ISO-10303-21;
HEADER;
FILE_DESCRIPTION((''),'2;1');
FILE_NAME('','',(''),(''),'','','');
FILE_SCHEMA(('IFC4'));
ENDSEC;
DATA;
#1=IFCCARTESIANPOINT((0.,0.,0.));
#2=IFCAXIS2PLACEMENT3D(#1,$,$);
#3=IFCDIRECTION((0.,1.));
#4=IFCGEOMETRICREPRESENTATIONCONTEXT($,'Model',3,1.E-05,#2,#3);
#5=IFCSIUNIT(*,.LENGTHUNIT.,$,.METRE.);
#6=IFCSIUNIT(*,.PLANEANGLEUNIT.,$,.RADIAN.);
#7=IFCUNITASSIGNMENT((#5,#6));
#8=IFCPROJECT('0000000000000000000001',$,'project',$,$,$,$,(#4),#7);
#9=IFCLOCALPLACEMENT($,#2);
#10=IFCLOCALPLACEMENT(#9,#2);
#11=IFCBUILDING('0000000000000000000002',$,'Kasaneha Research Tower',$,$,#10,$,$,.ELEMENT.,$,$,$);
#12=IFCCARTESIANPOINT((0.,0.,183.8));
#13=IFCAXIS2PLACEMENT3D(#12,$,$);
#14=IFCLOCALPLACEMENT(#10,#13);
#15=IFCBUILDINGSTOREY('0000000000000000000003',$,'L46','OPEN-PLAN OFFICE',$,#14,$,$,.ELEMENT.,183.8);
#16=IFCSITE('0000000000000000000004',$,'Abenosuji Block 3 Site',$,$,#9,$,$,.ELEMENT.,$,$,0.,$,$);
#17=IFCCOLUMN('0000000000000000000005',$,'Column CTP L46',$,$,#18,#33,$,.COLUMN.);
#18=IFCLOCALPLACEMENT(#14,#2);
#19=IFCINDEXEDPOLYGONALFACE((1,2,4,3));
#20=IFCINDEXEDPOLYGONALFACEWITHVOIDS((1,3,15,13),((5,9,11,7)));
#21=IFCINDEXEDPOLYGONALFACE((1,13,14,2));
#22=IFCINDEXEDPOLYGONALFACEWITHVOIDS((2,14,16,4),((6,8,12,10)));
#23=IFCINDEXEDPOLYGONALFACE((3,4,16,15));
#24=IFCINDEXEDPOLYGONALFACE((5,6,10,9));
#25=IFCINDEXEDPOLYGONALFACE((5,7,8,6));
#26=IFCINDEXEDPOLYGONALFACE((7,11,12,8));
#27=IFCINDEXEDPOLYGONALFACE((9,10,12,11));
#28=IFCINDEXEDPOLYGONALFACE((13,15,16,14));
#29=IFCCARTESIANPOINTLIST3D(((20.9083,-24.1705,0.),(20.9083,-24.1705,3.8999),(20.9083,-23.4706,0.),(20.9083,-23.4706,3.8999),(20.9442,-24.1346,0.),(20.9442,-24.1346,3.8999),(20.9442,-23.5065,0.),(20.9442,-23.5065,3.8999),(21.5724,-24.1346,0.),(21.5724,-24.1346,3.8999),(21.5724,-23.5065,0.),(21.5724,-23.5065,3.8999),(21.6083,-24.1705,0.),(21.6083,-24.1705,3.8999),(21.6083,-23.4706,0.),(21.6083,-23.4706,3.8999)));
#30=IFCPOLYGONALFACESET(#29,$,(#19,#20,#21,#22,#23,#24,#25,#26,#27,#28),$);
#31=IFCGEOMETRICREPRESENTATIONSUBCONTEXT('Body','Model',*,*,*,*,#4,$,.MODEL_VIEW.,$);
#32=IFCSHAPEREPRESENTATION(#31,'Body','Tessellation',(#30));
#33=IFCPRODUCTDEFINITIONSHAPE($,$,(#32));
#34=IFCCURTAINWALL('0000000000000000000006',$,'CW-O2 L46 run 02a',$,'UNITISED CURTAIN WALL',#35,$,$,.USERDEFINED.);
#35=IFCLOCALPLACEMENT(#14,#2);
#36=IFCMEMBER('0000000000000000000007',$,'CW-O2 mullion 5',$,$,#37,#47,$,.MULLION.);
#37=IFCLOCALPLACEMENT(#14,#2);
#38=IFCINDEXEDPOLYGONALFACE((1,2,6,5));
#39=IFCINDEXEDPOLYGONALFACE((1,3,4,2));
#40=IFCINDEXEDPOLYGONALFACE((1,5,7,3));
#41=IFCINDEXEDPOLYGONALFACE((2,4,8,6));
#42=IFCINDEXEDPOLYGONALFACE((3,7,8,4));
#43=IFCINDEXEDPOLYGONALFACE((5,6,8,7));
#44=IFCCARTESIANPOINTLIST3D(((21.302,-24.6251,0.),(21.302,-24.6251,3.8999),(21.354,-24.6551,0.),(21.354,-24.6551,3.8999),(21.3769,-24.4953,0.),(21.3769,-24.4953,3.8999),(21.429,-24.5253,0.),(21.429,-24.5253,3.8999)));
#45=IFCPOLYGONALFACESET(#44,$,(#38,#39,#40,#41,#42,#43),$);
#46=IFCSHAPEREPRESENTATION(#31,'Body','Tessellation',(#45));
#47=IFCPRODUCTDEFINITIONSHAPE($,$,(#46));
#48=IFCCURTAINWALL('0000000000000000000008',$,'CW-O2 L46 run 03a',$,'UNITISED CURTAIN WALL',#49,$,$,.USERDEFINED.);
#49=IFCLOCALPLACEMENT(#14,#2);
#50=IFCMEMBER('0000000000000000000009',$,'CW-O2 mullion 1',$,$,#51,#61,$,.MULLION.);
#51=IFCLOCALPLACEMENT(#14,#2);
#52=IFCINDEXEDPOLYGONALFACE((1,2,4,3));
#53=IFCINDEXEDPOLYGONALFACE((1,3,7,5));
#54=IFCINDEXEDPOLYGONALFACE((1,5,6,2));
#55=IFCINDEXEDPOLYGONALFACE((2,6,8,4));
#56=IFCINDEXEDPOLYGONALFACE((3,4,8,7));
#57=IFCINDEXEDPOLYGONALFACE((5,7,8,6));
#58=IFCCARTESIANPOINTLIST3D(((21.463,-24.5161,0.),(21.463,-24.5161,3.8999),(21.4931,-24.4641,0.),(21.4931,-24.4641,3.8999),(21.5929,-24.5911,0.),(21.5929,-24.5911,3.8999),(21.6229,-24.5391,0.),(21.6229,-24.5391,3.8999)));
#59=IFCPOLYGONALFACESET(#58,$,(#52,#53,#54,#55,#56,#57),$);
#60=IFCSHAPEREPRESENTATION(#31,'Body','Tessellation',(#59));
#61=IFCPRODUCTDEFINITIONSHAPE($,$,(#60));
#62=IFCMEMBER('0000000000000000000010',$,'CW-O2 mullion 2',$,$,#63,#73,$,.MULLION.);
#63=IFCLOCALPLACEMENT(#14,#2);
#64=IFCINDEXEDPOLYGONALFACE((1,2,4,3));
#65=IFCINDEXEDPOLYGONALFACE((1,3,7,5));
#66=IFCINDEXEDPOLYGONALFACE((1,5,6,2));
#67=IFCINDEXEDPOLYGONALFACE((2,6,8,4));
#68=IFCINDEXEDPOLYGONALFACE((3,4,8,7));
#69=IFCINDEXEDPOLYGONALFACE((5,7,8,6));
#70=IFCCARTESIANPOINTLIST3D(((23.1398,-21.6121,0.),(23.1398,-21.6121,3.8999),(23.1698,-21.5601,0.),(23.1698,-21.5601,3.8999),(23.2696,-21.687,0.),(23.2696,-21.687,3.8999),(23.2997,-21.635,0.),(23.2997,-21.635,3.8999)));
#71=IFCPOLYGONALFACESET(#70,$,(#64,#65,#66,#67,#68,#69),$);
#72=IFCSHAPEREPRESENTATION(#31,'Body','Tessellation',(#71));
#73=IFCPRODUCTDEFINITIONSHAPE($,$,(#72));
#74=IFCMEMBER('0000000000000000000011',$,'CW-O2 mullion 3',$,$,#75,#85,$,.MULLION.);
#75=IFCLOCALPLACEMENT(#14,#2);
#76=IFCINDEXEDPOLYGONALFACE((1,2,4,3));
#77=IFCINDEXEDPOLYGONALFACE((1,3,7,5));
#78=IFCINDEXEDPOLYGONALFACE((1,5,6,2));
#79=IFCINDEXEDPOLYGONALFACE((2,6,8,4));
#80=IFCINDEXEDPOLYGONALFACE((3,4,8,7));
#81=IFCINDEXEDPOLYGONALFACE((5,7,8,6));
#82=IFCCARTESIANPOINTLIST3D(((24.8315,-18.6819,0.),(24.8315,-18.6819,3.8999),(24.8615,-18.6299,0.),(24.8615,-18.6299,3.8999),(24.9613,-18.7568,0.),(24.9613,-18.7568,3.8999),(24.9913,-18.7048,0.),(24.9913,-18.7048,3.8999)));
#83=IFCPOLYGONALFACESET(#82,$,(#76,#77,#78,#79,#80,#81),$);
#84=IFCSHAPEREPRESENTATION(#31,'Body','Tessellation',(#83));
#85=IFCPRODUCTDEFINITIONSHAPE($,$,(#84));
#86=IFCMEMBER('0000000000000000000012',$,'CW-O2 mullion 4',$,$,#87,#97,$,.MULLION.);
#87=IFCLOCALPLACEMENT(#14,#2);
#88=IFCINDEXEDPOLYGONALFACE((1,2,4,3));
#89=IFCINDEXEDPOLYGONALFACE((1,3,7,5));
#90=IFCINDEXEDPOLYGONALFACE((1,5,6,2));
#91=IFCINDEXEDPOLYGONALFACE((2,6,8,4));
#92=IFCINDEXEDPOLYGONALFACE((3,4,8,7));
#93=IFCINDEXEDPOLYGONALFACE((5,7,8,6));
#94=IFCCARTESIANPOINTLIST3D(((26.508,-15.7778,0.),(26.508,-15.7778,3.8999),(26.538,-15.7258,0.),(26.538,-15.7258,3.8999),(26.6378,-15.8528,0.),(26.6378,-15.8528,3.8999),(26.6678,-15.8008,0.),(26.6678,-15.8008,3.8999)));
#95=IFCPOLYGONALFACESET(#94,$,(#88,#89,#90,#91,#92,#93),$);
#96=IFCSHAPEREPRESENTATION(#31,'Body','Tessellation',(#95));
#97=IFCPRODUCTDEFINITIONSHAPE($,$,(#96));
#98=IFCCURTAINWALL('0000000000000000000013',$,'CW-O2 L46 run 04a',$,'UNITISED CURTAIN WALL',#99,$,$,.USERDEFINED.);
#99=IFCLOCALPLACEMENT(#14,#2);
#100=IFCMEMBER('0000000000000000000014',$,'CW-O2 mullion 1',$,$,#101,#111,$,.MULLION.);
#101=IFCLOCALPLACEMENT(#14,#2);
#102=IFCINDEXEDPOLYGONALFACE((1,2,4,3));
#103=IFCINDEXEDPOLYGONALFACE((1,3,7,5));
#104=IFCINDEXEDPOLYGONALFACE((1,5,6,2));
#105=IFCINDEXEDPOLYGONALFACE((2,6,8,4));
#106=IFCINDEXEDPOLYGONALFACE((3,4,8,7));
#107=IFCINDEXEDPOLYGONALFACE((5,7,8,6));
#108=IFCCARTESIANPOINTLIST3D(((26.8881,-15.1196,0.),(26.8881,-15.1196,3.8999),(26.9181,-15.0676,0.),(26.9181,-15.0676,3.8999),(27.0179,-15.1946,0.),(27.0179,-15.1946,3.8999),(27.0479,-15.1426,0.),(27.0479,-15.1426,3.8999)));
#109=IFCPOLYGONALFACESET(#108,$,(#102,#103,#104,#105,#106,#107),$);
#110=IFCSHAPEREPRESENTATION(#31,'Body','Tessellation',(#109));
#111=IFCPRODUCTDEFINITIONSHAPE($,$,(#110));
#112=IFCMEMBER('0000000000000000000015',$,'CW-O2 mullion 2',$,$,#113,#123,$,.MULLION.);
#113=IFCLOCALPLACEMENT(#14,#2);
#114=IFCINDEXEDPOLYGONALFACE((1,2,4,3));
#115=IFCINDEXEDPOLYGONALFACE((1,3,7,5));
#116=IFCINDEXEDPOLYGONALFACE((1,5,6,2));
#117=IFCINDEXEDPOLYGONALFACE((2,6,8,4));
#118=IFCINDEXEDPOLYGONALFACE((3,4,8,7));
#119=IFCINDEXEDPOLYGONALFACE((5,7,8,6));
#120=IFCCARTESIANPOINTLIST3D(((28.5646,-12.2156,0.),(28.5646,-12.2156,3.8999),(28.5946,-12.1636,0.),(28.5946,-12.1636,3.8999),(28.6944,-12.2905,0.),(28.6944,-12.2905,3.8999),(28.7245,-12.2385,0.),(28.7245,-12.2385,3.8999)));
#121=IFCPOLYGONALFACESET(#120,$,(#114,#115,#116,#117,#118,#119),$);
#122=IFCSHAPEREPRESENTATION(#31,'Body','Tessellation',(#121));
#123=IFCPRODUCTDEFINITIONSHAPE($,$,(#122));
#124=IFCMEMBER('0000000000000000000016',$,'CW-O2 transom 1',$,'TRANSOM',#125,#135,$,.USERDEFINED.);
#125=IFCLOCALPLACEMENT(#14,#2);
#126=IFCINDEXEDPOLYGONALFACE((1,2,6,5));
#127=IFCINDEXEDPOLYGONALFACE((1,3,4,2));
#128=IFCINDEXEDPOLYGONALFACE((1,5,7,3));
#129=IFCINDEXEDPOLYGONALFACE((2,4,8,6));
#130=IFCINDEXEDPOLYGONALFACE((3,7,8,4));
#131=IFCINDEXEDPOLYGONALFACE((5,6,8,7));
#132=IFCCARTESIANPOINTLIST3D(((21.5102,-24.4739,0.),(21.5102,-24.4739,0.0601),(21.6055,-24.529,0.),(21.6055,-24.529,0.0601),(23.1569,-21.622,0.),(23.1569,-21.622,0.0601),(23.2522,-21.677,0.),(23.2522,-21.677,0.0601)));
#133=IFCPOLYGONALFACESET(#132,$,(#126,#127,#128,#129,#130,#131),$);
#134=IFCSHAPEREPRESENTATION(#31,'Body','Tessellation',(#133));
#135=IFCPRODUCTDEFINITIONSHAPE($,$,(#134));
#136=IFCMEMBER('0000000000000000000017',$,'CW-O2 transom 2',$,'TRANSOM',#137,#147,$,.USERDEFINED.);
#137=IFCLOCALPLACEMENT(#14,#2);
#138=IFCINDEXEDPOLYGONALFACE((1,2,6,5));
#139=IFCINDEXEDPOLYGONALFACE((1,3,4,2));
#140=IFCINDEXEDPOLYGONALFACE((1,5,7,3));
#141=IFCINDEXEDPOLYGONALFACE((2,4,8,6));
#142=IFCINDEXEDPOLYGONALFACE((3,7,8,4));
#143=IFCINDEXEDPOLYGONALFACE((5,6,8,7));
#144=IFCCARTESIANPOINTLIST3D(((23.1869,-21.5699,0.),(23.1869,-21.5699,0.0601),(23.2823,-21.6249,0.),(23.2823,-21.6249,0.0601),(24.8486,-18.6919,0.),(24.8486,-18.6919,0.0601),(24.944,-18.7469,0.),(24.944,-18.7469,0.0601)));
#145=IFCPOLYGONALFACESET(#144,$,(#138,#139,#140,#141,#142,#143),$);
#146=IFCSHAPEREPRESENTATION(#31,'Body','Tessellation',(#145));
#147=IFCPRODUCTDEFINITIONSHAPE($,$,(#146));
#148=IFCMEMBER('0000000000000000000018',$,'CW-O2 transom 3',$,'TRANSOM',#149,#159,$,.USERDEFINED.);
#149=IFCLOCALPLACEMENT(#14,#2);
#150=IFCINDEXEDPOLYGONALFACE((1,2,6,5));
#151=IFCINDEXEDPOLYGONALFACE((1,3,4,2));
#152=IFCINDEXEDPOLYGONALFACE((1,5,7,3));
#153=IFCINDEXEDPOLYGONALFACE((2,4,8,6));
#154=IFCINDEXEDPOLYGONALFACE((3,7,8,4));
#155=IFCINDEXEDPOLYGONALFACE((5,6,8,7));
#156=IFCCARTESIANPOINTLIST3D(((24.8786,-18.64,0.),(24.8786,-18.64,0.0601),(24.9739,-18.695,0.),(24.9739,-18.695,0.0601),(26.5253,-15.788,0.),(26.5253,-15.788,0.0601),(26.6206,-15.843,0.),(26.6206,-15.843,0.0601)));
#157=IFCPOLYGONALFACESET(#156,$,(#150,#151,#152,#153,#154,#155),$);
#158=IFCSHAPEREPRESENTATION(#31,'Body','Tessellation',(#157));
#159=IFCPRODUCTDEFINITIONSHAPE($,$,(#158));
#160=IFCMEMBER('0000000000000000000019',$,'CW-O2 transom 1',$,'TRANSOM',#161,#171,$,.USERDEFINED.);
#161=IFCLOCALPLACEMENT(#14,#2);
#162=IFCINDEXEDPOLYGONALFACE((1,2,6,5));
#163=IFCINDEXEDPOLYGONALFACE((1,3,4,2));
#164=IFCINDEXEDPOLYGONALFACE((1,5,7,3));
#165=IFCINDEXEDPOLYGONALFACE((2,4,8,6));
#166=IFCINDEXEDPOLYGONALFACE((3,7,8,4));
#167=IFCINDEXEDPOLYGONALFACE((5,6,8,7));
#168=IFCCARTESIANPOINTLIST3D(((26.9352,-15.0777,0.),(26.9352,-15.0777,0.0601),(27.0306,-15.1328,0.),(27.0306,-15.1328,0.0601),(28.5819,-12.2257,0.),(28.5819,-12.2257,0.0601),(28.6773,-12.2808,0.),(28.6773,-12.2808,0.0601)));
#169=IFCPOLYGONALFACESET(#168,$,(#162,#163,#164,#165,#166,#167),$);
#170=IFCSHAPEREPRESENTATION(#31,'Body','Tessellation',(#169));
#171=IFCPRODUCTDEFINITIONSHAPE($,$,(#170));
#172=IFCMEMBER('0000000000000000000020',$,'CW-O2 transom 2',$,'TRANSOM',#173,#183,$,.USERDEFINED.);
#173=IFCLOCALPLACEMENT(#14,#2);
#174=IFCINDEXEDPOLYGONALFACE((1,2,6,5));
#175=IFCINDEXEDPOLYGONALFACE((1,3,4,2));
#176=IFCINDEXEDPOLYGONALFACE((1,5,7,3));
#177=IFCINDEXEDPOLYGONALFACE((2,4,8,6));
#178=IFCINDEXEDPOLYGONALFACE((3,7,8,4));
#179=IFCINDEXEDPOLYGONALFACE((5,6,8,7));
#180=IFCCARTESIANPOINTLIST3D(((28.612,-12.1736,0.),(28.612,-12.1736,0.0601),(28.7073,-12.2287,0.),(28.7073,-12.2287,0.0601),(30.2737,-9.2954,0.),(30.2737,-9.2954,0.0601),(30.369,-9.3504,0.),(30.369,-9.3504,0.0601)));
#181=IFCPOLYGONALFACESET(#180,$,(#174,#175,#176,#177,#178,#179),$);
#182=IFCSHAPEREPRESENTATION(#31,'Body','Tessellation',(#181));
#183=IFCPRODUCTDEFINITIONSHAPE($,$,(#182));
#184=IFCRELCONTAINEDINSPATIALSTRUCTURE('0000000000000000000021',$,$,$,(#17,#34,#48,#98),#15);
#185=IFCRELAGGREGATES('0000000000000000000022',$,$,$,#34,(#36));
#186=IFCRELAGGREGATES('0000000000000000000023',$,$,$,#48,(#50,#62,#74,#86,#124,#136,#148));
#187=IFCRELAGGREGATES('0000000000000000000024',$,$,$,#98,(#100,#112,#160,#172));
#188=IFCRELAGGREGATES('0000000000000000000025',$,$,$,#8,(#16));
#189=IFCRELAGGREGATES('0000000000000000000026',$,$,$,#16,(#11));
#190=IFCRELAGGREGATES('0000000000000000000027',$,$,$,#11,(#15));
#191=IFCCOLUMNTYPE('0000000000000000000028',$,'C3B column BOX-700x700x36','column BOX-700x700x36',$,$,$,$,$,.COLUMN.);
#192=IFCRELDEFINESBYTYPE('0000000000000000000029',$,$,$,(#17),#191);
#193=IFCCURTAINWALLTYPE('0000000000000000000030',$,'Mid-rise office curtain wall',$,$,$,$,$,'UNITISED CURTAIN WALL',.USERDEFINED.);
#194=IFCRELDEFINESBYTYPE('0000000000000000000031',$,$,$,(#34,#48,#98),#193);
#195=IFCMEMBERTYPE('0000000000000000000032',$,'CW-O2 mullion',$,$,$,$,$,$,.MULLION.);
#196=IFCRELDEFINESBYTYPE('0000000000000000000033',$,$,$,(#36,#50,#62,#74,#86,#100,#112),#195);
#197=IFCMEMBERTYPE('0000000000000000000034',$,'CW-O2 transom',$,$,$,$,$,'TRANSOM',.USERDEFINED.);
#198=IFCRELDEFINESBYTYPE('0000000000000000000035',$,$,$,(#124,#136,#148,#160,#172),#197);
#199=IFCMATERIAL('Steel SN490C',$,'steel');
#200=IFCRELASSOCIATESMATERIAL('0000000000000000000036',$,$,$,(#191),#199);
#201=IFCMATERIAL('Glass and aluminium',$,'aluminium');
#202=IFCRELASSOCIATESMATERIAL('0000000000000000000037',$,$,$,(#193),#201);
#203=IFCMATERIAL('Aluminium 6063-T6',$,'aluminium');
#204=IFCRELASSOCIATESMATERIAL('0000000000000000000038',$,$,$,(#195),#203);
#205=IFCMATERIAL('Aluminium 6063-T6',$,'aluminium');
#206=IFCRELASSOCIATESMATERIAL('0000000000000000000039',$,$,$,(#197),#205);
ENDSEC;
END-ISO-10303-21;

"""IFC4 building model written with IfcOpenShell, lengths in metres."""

from ifc_helpers import new_model, si_unit, direction, frame, origin, origin_2d, place, context, subcontext, project, spatial, rectangle, hollow_rectangle, extrude, material, material_profile, profile_set, type_object, element, aggregate, save


model = new_model("IFC4")

# Units and contexts
model_context = context("Model", 3, precision=1e-05, world=origin(), true_north=direction((0.0, 1.0)))
body_context = subcontext(model_context, "Body", "Model", "MODEL_VIEW")
ifc_project = project(units=[si_unit("LENGTHUNIT", "METRE"), si_unit("PLANEANGLEUNIT", "RADIAN")], contexts=[model_context])

# Site, building, storey
site_placement = place(None, origin())
site = spatial("IfcSite", under=ifc_project, at=site_placement, Name="Abenosuji Block 3 Site", CompositionType="ELEMENT", RefElevation=0.0)
building_placement = place(site_placement, origin())
building = spatial("IfcBuilding", under=site, at=building_placement, Name="Kasaneha Research Tower", CompositionType="ELEMENT")
storey_placement = place(building_placement, frame((0.0, 0.0, 183.8)))
storey = spatial("IfcBuildingStorey", under=building, at=storey_placement, Name="L46", Description="OPEN-PLAN OFFICE", CompositionType="ELEMENT", Elevation=183.8)

# Column
ifc_material_1 = material(Name="Steel SN490C", Category="steel")
ifc_material_profile_1 = material_profile(ifc_material_1, hollow_rectangle(XDim=0.7, YDim=0.7, WallThickness=0.0359, at=origin_2d()), Name="BOX-700x700x36")
ifc_profile_set_1 = profile_set([ifc_material_profile_1], Name="Steel SN490C")
column_type = type_object("IfcColumnType", Name="C3B column BOX-700x700x36", Description="column BOX-700x700x36", PredefinedType="COLUMN", material=ifc_profile_set_1)
column_placement = place(storey_placement, frame((21.2583, -23.8206, 0.0), z_axis=(0.0, 0.0, 1.0), x_axis=(1.0, 0.0, 0.0)))
element("IfcColumn", 1, at=column_placement, inside=storey, type_object=column_type, Name="Column CTP L46", PredefinedType="COLUMN", context=body_context, shape_type="SweptSolid", body=[
    extrude(hollow_rectangle(XDim=0.7, YDim=0.7, WallThickness=0.0359, at=origin_2d()), origin(), (0.0, 0.0, 1.0), 3.8999),
])

# Curtain wall, member
ifc_material_2 = material(Name="Glass and aluminium", Category="aluminium")
curtain_wall_type = type_object("IfcCurtainWallType", Name="Mid-rise office curtain wall", ElementType="UNITISED CURTAIN WALL", PredefinedType="USERDEFINED", material=ifc_material_2)
curtain_wall_1_placement = place(storey_placement, origin())
curtain_wall_1 = element("IfcCurtainWall", 2, at=curtain_wall_1_placement, inside=storey, type_object=curtain_wall_type, Name="CW-O2 L46 run 02a", ObjectType="UNITISED CURTAIN WALL", PredefinedType="USERDEFINED")
ifc_material_3 = material(Name="Aluminium 6063-T6", Category="aluminium")
ifc_material_profile_2 = material_profile(ifc_material_3, rectangle(XDim=0.0601, YDim=0.1499, at=origin_2d()), Name="CW-O2 mullion 60x150")
ifc_profile_set_2 = profile_set([ifc_material_profile_2], Name="Aluminium 6063-T6")
member_type_1 = type_object("IfcMemberType", Name="CW-O2 mullion", PredefinedType="MULLION", material=ifc_profile_set_2)
member_1_placement = place(storey_placement, frame((21.3655, -24.5752, 0.0), z_axis=(0.0, 0.0, 1.0), x_axis=(0.866025, -0.5, 0.0)))
member_1 = element("IfcMember", 3, at=member_1_placement, type_object=member_type_1, Name="CW-O2 mullion 5", PredefinedType="MULLION", context=body_context, shape_type="SweptSolid", body=[
    extrude(rectangle(XDim=0.0601, YDim=0.1499, at=origin_2d()), origin(), (0.0, 0.0, 1.0), 3.8999),
])

# Curtain walls, members
curtain_wall_2_placement = place(storey_placement, origin())
curtain_wall_2 = element("IfcCurtainWall", 4, at=curtain_wall_2_placement, inside=storey, type_object=curtain_wall_type, Name="CW-O2 L46 run 03a", ObjectType="UNITISED CURTAIN WALL", PredefinedType="USERDEFINED")
member_2_placement = place(storey_placement, frame((21.543, -24.5276, 0.0), z_axis=(0.0, 0.0, 1.0), x_axis=(0.5, 0.866025, 0.0)))
member_2 = element("IfcMember", 5, at=member_2_placement, type_object=member_type_1, Name="CW-O2 mullion 1", PredefinedType="MULLION", context=body_context, shape_type="SweptSolid", body=[
    extrude(rectangle(XDim=0.0601, YDim=0.1499, at=origin_2d()), origin(), (0.0, 0.0, 1.0), 3.8999),
])
member_3_placement = place(storey_placement, frame((23.2197, -21.6235, 0.0), z_axis=(0.0, 0.0, 1.0), x_axis=(0.5, 0.866025, 0.0)))
member_3 = element("IfcMember", 6, at=member_3_placement, type_object=member_type_1, Name="CW-O2 mullion 2", PredefinedType="MULLION", context=body_context, shape_type="SweptSolid", body=[
    extrude(rectangle(XDim=0.0601, YDim=0.1499, at=origin_2d()), origin(), (0.0, 0.0, 1.0), 3.8999),
])
member_4_placement = place(storey_placement, frame((24.9114, -18.6934, 0.0), z_axis=(0.0, 0.0, 1.0), x_axis=(0.5, 0.866025, 0.0)))
member_4 = element("IfcMember", 7, at=member_4_placement, type_object=member_type_1, Name="CW-O2 mullion 3", PredefinedType="MULLION", context=body_context, shape_type="SweptSolid", body=[
    extrude(rectangle(XDim=0.0601, YDim=0.1499, at=origin_2d()), origin(), (0.0, 0.0, 1.0), 3.8999),
])
member_5_placement = place(storey_placement, frame((26.5879, -15.7893, 0.0), z_axis=(0.0, 0.0, 1.0), x_axis=(0.5, 0.866025, 0.0)))
member_5 = element("IfcMember", 8, at=member_5_placement, type_object=member_type_1, Name="CW-O2 mullion 4", PredefinedType="MULLION", context=body_context, shape_type="SweptSolid", body=[
    extrude(rectangle(XDim=0.0601, YDim=0.1499, at=origin_2d()), origin(), (0.0, 0.0, 1.0), 3.8999),
])
curtain_wall_3_placement = place(storey_placement, origin())
curtain_wall_3 = element("IfcCurtainWall", 9, at=curtain_wall_3_placement, inside=storey, type_object=curtain_wall_type, Name="CW-O2 L46 run 04a", ObjectType="UNITISED CURTAIN WALL", PredefinedType="USERDEFINED")
member_6_placement = place(storey_placement, frame((26.968, -15.1311, 0.0), z_axis=(0.0, 0.0, 1.0), x_axis=(0.5, 0.866025, 0.0)))
member_6 = element("IfcMember", 10, at=member_6_placement, type_object=member_type_1, Name="CW-O2 mullion 1", PredefinedType="MULLION", context=body_context, shape_type="SweptSolid", body=[
    extrude(rectangle(XDim=0.0601, YDim=0.1499, at=origin_2d()), origin(), (0.0, 0.0, 1.0), 3.8999),
])
member_7_placement = place(storey_placement, frame((28.6445, -12.2271, 0.0), z_axis=(0.0, 0.0, 1.0), x_axis=(0.5, 0.866025, 0.0)))
member_7 = element("IfcMember", 11, at=member_7_placement, type_object=member_type_1, Name="CW-O2 mullion 2", PredefinedType="MULLION", context=body_context, shape_type="SweptSolid", body=[
    extrude(rectangle(XDim=0.0601, YDim=0.1499, at=origin_2d()), origin(), (0.0, 0.0, 1.0), 3.8999),
])

# Members
ifc_material_4 = material(Name="Aluminium 6063-T6", Category="aluminium")
ifc_material_profile_3 = material_profile(ifc_material_4, rectangle(XDim=0.1101, YDim=0.0601, at=origin_2d()), Name="CW-O2 transom 110x60")
ifc_profile_set_3 = profile_set([ifc_material_profile_3], Name="Aluminium 6063-T6")
member_type_2 = type_object("IfcMemberType", Name="CW-O2 transom", ElementType="TRANSOM", PredefinedType="USERDEFINED", material=ifc_profile_set_3)
member_8_placement = place(storey_placement, frame((21.5579, -24.5015, 0.03), z_axis=(0.500022, 0.866013, 0.0), x_axis=(-0.866013, 0.500022, 0.0)))
member_8 = element("IfcMember", 12, at=member_8_placement, type_object=member_type_2, Name="CW-O2 transom 1", ObjectType="TRANSOM", PredefinedType="USERDEFINED", context=body_context, shape_type="SweptSolid", body=[
    extrude(rectangle(XDim=0.1101, YDim=0.0601, at=origin_2d()), origin(), (0.0, 0.0, 1.0), 3.2932),
])
member_9_placement = place(storey_placement, frame((23.2346, -21.5974, 0.03), z_axis=(0.500011, 0.866019, 0.0), x_axis=(-0.866019, 0.500011, 0.0)))
member_9 = element("IfcMember", 13, at=member_9_placement, type_object=member_type_2, Name="CW-O2 transom 2", ObjectType="TRANSOM", PredefinedType="USERDEFINED", context=body_context, shape_type="SweptSolid", body=[
    extrude(rectangle(XDim=0.1101, YDim=0.0601, at=origin_2d()), origin(), (0.0, 0.0, 1.0), 3.3232),
])
member_10_placement = place(storey_placement, frame((24.9263, -18.6675, 0.03), z_axis=(0.500022, 0.866013, 0.0), x_axis=(-0.866013, 0.500022, 0.0)))
member_10 = element("IfcMember", 14, at=member_10_placement, type_object=member_type_2, Name="CW-O2 transom 3", ObjectType="TRANSOM", PredefinedType="USERDEFINED", context=body_context, shape_type="SweptSolid", body=[
    extrude(rectangle(XDim=0.1101, YDim=0.0601, at=origin_2d()), origin(), (0.0, 0.0, 1.0), 3.2932),
])
member_11_placement = place(storey_placement, frame((26.9829, -15.1052, 0.03), z_axis=(0.500022, 0.866013, 0.0), x_axis=(-0.866013, 0.500022, 0.0)))
member_11 = element("IfcMember", 15, at=member_11_placement, type_object=member_type_2, Name="CW-O2 transom 1", ObjectType="TRANSOM", PredefinedType="USERDEFINED", context=body_context, shape_type="SweptSolid", body=[
    extrude(rectangle(XDim=0.1101, YDim=0.0601, at=origin_2d()), origin(), (0.0, 0.0, 1.0), 3.2932),
])
member_12_placement = place(storey_placement, frame((28.6597, -12.2012, 0.03), z_axis=(0.499979, 0.866038, 0.0), x_axis=(-0.866038, 0.499979, 0.0)))
member_12 = element("IfcMember", 16, at=member_12_placement, type_object=member_type_2, Name="CW-O2 transom 2", ObjectType="TRANSOM", PredefinedType="USERDEFINED", context=body_context, shape_type="SweptSolid", body=[
    extrude(rectangle(XDim=0.1101, YDim=0.0601, at=origin_2d()), origin(), (0.0, 0.0, 1.0), 3.3235),
])

aggregate(curtain_wall_1, [member_1])
aggregate(curtain_wall_2, [member_2, member_3, member_4, member_5, member_8, member_9, member_10])
aggregate(curtain_wall_3, [member_6, member_7, member_11, member_12])

save(model, "model.ifc")
